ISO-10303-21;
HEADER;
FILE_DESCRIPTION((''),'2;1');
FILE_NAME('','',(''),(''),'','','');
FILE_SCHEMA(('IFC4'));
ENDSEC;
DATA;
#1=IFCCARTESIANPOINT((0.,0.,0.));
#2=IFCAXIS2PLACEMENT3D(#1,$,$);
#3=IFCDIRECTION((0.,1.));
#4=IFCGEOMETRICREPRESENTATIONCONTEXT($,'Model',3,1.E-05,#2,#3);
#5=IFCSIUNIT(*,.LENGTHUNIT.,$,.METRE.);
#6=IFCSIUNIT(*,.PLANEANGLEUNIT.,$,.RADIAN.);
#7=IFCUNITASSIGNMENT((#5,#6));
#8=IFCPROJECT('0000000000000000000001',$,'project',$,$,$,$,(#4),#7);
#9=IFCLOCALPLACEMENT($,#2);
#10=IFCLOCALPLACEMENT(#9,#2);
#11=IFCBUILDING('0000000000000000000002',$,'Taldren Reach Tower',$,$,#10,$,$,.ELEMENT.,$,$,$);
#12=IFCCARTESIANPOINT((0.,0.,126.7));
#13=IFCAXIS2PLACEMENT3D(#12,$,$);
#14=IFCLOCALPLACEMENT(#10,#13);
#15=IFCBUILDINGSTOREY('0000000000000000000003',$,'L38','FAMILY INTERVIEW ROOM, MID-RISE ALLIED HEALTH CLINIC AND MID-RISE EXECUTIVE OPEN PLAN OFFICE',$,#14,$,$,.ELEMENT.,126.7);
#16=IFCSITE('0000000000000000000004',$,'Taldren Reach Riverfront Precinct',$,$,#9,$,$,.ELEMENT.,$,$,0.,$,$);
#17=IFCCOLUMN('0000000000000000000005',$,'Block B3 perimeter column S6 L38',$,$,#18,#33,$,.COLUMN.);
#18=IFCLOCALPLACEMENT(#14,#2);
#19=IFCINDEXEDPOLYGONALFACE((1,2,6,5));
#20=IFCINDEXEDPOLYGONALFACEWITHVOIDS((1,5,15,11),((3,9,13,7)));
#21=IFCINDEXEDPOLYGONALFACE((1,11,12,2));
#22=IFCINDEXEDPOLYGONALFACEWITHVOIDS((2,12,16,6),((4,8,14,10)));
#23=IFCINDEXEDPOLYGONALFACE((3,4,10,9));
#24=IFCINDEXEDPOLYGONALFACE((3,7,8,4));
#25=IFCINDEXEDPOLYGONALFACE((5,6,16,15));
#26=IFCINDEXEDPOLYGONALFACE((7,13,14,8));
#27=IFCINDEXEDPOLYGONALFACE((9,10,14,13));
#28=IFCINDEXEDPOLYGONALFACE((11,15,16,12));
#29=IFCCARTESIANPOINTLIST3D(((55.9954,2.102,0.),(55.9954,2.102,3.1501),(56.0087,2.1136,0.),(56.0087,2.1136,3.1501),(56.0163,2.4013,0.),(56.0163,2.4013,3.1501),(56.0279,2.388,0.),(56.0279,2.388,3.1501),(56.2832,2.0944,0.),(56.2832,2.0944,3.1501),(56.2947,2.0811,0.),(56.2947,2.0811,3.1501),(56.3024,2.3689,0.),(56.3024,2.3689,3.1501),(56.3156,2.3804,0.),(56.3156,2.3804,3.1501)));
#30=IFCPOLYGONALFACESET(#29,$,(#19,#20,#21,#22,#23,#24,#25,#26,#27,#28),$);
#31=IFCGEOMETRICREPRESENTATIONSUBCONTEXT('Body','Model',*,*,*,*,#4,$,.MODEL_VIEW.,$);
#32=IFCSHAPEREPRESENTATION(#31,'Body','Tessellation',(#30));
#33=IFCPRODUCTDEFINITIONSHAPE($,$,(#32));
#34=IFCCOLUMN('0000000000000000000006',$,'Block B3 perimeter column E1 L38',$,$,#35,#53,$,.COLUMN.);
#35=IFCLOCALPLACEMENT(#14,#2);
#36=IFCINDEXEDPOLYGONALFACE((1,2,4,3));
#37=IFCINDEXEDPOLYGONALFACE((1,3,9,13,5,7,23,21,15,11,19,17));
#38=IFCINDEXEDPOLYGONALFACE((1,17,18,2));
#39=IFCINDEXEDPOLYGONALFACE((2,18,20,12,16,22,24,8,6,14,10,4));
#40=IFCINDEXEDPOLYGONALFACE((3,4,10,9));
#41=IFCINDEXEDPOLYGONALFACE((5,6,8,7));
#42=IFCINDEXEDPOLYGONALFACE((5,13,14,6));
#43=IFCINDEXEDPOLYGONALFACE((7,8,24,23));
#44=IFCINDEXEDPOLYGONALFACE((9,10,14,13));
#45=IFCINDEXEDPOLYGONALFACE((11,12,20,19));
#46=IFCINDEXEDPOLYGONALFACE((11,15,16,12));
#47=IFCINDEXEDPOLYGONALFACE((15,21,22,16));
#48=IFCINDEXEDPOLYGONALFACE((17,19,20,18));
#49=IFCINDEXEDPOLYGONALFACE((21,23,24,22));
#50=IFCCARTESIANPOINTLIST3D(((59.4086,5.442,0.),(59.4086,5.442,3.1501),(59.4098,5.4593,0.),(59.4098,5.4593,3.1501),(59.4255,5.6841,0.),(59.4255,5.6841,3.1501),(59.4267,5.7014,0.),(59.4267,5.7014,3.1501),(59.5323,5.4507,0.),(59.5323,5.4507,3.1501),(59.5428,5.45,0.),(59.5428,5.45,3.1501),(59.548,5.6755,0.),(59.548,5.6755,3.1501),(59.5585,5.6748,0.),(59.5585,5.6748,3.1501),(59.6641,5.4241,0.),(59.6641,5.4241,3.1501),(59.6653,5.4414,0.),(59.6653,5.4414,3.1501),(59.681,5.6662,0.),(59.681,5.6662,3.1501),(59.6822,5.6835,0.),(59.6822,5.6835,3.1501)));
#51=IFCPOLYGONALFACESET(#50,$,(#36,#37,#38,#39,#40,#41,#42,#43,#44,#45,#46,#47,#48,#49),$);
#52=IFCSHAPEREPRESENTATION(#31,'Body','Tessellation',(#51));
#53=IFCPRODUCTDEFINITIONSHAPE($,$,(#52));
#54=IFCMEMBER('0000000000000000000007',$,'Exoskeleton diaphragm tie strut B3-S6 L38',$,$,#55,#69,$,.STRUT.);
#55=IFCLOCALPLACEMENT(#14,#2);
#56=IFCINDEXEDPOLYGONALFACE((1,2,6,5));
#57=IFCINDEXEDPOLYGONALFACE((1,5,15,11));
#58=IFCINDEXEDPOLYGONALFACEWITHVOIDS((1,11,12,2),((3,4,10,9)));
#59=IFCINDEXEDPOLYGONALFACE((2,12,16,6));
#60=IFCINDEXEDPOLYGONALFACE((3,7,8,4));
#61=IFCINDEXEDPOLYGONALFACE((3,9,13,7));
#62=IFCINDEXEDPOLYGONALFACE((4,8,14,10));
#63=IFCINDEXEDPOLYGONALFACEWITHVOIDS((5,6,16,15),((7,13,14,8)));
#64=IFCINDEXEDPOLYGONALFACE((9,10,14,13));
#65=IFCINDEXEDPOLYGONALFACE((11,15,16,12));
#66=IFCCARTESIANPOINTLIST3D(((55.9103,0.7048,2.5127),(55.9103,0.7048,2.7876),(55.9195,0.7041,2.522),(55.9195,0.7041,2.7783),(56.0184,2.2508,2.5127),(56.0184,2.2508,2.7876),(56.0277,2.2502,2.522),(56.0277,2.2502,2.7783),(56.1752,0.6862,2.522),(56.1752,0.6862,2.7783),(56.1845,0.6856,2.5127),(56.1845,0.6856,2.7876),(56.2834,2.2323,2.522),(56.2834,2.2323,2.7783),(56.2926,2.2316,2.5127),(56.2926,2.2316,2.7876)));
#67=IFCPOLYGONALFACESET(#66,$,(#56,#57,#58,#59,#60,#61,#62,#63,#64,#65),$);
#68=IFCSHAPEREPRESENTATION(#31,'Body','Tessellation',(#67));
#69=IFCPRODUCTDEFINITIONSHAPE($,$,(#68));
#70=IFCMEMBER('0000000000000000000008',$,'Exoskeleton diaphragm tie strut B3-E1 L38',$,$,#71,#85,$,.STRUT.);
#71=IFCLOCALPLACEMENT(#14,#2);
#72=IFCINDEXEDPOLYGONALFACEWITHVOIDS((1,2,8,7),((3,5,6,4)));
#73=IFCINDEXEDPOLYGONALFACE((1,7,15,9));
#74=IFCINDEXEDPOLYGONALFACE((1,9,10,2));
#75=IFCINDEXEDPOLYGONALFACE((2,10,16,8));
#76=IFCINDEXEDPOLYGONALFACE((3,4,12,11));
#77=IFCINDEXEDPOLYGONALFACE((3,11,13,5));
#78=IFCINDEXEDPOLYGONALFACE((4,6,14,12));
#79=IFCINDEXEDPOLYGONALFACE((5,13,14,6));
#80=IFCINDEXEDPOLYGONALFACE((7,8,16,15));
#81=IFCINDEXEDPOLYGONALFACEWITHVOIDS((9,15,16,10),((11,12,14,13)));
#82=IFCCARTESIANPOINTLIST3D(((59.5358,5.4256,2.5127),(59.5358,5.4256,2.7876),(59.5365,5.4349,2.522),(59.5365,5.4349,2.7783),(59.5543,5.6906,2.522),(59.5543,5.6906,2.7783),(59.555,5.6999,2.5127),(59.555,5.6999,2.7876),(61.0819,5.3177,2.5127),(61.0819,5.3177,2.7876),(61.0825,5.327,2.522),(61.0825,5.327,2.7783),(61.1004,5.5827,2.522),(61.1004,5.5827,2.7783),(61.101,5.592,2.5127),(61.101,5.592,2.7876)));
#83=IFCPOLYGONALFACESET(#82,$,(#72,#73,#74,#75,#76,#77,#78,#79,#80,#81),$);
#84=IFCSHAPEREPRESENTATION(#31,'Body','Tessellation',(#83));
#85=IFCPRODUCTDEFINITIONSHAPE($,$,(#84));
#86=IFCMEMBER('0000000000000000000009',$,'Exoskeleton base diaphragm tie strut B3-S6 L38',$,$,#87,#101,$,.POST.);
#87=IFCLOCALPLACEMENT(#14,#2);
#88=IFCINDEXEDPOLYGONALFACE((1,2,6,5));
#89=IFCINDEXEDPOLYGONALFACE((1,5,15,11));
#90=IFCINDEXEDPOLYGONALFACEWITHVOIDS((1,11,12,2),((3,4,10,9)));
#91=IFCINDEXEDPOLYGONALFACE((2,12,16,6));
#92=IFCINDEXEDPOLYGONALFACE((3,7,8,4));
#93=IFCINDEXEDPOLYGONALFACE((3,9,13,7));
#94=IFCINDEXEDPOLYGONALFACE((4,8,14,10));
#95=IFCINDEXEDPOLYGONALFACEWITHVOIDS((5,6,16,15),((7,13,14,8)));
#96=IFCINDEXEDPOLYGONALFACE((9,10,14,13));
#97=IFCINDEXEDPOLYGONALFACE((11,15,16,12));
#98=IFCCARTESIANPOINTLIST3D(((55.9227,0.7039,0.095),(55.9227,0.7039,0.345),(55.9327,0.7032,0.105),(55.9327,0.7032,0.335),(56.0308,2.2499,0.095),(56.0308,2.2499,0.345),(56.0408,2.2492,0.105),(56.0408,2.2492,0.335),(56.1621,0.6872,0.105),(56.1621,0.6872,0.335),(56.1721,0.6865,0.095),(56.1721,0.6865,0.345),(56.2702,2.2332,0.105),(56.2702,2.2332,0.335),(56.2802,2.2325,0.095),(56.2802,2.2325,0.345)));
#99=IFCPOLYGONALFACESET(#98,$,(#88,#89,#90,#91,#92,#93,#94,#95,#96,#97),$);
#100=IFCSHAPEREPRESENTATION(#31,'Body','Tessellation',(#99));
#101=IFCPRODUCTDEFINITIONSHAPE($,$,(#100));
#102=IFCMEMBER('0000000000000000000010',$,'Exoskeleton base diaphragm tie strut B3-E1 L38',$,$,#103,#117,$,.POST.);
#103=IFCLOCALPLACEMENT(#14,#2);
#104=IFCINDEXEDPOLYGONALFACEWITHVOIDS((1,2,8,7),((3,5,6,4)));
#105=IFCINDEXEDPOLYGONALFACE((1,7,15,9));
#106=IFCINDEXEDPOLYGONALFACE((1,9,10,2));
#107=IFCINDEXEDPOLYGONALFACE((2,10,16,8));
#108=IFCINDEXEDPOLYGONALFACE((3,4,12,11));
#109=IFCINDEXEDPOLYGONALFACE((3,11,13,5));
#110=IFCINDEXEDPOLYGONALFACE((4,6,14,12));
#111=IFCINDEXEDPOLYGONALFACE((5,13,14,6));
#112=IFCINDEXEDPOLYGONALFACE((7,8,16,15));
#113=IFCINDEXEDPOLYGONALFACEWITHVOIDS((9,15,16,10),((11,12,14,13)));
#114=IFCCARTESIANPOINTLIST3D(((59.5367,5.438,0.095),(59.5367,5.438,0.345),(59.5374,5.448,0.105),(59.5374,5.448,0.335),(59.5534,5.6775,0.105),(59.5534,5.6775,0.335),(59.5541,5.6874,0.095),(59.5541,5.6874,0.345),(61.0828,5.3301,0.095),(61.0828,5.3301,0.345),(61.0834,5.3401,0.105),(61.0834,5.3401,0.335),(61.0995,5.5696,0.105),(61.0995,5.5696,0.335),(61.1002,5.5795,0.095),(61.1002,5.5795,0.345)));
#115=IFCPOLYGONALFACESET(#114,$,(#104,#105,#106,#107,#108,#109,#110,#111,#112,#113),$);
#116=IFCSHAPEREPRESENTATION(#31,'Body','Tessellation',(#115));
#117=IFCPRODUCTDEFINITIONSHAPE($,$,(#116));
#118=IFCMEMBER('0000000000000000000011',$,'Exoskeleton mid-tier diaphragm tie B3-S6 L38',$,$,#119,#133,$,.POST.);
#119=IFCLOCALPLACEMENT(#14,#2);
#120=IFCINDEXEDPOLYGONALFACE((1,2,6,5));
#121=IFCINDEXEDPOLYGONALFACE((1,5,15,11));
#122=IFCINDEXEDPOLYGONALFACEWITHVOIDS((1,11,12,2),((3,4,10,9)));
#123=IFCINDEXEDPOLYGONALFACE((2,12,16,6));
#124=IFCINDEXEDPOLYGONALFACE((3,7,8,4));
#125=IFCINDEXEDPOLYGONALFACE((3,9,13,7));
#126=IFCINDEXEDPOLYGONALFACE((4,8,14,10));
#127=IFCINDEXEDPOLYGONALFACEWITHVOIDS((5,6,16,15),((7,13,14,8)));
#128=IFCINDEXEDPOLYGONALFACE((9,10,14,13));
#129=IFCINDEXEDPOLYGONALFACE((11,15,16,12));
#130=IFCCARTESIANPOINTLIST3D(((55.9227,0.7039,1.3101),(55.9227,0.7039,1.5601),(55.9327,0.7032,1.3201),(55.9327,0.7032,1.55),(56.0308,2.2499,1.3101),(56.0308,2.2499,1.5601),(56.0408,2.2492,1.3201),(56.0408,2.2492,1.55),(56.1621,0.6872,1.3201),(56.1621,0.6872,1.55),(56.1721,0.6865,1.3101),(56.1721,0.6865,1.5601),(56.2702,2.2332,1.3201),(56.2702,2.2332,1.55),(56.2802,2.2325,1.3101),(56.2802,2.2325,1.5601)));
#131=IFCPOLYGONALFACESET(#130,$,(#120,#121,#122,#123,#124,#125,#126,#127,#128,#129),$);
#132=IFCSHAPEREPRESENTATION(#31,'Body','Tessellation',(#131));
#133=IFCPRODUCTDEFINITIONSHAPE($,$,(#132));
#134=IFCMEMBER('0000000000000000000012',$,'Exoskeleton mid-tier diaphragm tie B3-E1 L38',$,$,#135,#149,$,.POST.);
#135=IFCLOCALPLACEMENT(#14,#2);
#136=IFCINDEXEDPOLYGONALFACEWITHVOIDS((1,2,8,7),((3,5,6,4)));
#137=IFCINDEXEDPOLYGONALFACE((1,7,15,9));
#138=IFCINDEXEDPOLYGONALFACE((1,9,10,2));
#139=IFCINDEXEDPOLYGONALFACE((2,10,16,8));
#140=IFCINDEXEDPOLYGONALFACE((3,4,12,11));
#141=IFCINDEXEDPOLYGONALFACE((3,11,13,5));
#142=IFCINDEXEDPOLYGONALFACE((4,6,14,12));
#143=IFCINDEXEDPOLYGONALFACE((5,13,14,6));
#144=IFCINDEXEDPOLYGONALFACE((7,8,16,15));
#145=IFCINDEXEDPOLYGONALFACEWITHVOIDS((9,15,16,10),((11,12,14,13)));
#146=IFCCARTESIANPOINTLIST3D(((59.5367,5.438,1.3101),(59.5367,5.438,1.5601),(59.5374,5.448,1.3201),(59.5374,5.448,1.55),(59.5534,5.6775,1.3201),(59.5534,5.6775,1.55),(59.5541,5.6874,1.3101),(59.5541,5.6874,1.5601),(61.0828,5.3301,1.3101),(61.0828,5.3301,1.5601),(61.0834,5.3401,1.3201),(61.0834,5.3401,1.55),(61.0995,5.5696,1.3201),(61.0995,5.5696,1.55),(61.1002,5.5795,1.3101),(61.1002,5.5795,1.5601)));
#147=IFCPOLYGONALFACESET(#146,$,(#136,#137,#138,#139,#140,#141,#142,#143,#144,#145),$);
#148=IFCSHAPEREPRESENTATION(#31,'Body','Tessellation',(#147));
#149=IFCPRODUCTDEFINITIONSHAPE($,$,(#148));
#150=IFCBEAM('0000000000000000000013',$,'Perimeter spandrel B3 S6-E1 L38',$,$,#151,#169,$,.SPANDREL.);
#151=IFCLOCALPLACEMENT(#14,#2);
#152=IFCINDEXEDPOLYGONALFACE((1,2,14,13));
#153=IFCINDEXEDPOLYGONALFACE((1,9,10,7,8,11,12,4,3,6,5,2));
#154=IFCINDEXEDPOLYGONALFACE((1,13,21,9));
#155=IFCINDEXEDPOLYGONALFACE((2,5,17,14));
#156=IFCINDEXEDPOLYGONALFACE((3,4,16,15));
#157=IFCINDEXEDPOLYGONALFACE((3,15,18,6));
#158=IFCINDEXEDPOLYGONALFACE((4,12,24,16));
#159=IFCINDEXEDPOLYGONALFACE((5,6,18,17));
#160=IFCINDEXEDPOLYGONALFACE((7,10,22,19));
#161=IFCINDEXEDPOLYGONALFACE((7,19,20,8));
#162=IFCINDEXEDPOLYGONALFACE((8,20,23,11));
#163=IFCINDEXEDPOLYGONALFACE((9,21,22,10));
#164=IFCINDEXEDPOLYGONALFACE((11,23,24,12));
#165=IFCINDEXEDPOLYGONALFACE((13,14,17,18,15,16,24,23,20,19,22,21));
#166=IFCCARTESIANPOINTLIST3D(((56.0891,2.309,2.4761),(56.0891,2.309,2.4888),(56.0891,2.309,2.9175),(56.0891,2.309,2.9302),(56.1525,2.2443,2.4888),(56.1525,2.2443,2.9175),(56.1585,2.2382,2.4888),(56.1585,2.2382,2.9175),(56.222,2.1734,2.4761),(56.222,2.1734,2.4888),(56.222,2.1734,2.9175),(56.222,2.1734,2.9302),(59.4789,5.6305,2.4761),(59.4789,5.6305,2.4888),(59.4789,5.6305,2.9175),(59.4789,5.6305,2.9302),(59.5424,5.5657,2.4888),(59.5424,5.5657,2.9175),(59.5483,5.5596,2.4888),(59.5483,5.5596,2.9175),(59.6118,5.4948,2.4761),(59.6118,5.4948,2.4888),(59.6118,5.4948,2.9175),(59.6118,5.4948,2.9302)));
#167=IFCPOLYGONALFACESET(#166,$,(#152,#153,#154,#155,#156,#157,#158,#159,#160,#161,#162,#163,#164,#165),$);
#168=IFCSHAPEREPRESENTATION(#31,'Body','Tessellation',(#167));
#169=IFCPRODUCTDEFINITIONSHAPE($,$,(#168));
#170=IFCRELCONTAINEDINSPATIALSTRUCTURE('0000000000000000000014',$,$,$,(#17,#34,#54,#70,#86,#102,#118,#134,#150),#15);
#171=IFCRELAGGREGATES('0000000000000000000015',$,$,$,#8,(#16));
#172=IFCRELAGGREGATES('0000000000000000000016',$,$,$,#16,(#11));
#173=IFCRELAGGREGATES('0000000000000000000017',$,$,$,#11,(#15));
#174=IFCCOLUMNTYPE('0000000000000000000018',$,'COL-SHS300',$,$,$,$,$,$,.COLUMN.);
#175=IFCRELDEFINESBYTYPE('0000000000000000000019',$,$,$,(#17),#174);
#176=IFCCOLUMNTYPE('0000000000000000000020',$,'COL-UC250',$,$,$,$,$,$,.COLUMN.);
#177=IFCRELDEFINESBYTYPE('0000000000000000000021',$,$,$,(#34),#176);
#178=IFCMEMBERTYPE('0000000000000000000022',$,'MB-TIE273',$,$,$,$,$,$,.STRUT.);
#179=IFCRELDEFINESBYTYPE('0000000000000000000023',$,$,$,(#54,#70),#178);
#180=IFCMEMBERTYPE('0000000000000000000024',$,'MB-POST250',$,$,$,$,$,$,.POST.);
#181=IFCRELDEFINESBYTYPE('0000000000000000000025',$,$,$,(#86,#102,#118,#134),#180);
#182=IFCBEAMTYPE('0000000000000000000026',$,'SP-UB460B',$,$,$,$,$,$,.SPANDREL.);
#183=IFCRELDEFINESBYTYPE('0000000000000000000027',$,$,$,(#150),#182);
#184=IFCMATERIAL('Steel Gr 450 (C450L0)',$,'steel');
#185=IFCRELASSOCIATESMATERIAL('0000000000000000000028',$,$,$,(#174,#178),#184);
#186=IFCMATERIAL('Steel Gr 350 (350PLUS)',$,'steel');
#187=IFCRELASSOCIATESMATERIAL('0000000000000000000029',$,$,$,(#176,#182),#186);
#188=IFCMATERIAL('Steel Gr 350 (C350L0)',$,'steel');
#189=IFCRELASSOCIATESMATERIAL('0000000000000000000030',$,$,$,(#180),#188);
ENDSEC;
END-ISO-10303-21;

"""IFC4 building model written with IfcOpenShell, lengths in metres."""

from ifc_helpers import new_model, si_unit, direction, frame, origin, origin_2d, place, context, subcontext, project, spatial, hollow_rectangle, i_section, extrude, source, transform, mapped, material, material_profile, profile_set, type_object, element, save


model = new_model("IFC4")

# Units and contexts
model_context = context("Model", 3, precision=1e-05, world=origin(), true_north=direction((0.0, 1.0)))
body_context = subcontext(model_context, "Body", "Model", "MODEL_VIEW")
ifc_project = project(units=[si_unit("LENGTHUNIT", "METRE"), si_unit("PLANEANGLEUNIT", "RADIAN")], contexts=[model_context])

# Site, building, storey
site_placement = place(None, origin())
site = spatial("IfcSite", under=ifc_project, at=site_placement, Name="Taldren Reach Riverfront Precinct", CompositionType="ELEMENT", RefElevation=0.0)
building_placement = place(site_placement, origin())
building = spatial("IfcBuilding", under=site, at=building_placement, Name="Taldren Reach Tower", CompositionType="ELEMENT")
storey_placement = place(building_placement, frame((0.0, 0.0, 126.7)))
storey = spatial("IfcBuildingStorey", under=building, at=storey_placement, Name="L38", Description="FAMILY INTERVIEW ROOM, MID-RISE ALLIED HEALTH CLINIC AND MID-RISE EXECUTIVE OPEN PLAN OFFICE", CompositionType="ELEMENT", Elevation=126.7)

# Columns
ifc_material_1 = material(Name="Steel Gr 450 (C450L0)", Category="steel")
ifc_material_profile_1 = material_profile(ifc_material_1, hollow_rectangle(XDim=0.3, YDim=0.3, WallThickness=0.0125, at=origin_2d()), Name="300x300x12.5SHS")
ifc_profile_set_1 = profile_set([ifc_material_profile_1], Name="Steel Gr 450 (C450L0)")
column_type_1 = type_object("IfcColumnType", Name="COL-SHS300", PredefinedType="COLUMN", material=ifc_profile_set_1)
shared_shape_1 = source(origin(), body_context, "Body", "SweptSolid", [
    extrude(hollow_rectangle(XDim=0.3, YDim=0.3, WallThickness=0.0125, at=origin_2d()), origin(), (0.0, 0.0, 1.0), 3.1501),
])
column_1_placement = place(storey_placement, frame((56.1555, 2.2412, 0.0), z_axis=(0.0, 0.0, 1.0), x_axis=(0.997564, -0.069756, 0.0)))
element("IfcColumn", 1, at=column_1_placement, inside=storey, type_object=column_type_1, Name="Block B3 perimeter column S6 L38", PredefinedType="COLUMN", context=body_context, shape_type="MappedRepresentation", body=[
    mapped(shared_shape_1, transform((0.0, 0.0, 0.0), scale=1.0)),
])
ifc_material_2 = material(Name="Steel Gr 350 (350PLUS)", Category="steel")
ifc_material_profile_2 = material_profile(ifc_material_2, i_section(OverallWidth=0.2561, OverallDepth=0.26, WebThickness=0.0105, FlangeThickness=0.0173, at=origin_2d()), Name="250UC89.5")
ifc_profile_set_2 = profile_set([ifc_material_profile_2], Name="Steel Gr 350 (350PLUS)")
column_type_2 = type_object("IfcColumnType", Name="COL-UC250", PredefinedType="COLUMN", material=ifc_profile_set_2)
shared_shape_2 = source(origin(), body_context, "Body", "SweptSolid", [
    extrude(i_section(OverallWidth=0.2561, OverallDepth=0.26, WebThickness=0.0105, FlangeThickness=0.0173, at=origin_2d()), origin(), (0.0, 0.0, 1.0), 3.1501),
])
column_2_placement = place(storey_placement, frame((59.5454, 5.5627, 0.0), z_axis=(0.0, 0.0, 1.0), x_axis=(0.997564, -0.069756, 0.0)))
element("IfcColumn", 2, at=column_2_placement, inside=storey, type_object=column_type_2, Name="Block B3 perimeter column E1 L38", PredefinedType="COLUMN", context=body_context, shape_type="MappedRepresentation", body=[
    mapped(shared_shape_2, transform((0.0, 0.0, 0.0), scale=1.0)),
])

# Members
ifc_material_profile_3 = material_profile(ifc_material_1, hollow_rectangle(XDim=0.2749, YDim=0.2749, WallThickness=0.0093, at=origin_2d()), Name="275x275x9.3SHS")
ifc_profile_set_3 = profile_set([ifc_material_profile_3], Name="Steel Gr 450 (C450L0)")
member_type_1 = type_object("IfcMemberType", Name="MB-TIE273", PredefinedType="STRUT", material=ifc_profile_set_3)
shared_shape_3 = source(origin(), body_context, "Body", "SweptSolid", [
    extrude(hollow_rectangle(XDim=0.2749, YDim=0.2749, WallThickness=0.0093, at=origin_2d()), origin(), (0.0, 0.0, 1.0), 1.5498),
])
for number, where, z_axis, x_axis, name in (
    (3, (56.1555, 2.2412, 2.6501), (-0.069781, -0.997562, 0.0), (0.997562, -0.069781, 0.0), "Exoskeleton diaphragm tie strut B3-S6 L38"),
    (4, (59.5454, 5.5627, 2.6501), (0.997573, -0.069624, 0.0), (0.069624, 0.997573, 0.0), "Exoskeleton diaphragm tie strut B3-E1 L38"),
):
    element("IfcMember", number, at=place(storey_placement, frame(where, z_axis=z_axis, x_axis=x_axis)), inside=storey, type_object=member_type_1, Name=name, PredefinedType="STRUT", context=body_context, shape_type="MappedRepresentation", body=[
        mapped(shared_shape_3, transform((0.0, 0.0, 0.0), scale=1.0)),
    ])
ifc_material_3 = material(Name="Steel Gr 350 (C350L0)", Category="steel")
ifc_material_profile_4 = material_profile(ifc_material_3, hollow_rectangle(XDim=0.25, YDim=0.25, WallThickness=0.01, at=origin_2d()), Name="250x250x10.0SHS")
ifc_profile_set_4 = profile_set([ifc_material_profile_4], Name="Steel Gr 350 (C350L0)")
member_type_2 = type_object("IfcMemberType", Name="MB-POST250", PredefinedType="POST", material=ifc_profile_set_4)
shared_shape_4 = source(origin(), body_context, "Body", "SweptSolid", [
    extrude(hollow_rectangle(XDim=0.25, YDim=0.25, WallThickness=0.01, at=origin_2d()), origin(), (0.0, 0.0, 1.0), 1.5498),
])
for number, where, z_axis, x_axis, name in (
    (5, (56.1555, 2.2412, 0.22), (-0.069781, -0.997562, 0.0), (0.997562, -0.069781, 0.0), "Exoskeleton base diaphragm tie strut B3-S6 L38"),
    (6, (59.5454, 5.5627, 0.22), (0.997573, -0.069624, 0.0), (0.069624, 0.997573, 0.0), "Exoskeleton base diaphragm tie strut B3-E1 L38"),
    (7, (56.1555, 2.2412, 1.4351), (-0.069781, -0.997562, 0.0), (0.997562, -0.069781, 0.0), "Exoskeleton mid-tier diaphragm tie B3-S6 L38"),
    (8, (59.5454, 5.5627, 1.4351), (0.997573, -0.069624, 0.0), (0.069624, 0.997573, 0.0), "Exoskeleton mid-tier diaphragm tie B3-E1 L38"),
):
    element("IfcMember", number, at=place(storey_placement, frame(where, z_axis=z_axis, x_axis=x_axis)), inside=storey, type_object=member_type_2, Name=name, PredefinedType="POST", context=body_context, shape_type="MappedRepresentation", body=[
        mapped(shared_shape_4, transform((0.0, 0.0, 0.0), scale=1.0)),
    ])

# Beam
ifc_material_profile_5 = material_profile(ifc_material_2, i_section(OverallWidth=0.1899, OverallDepth=0.4541, WebThickness=0.0085, FlangeThickness=0.0127, at=origin_2d()), Name="460UB67.1")
ifc_profile_set_5 = profile_set([ifc_material_profile_5], Name="Steel Gr 350 (350PLUS)")
beam_type_1 = type_object("IfcBeamType", Name="SP-UB460B", PredefinedType="SPANDREL", material=ifc_profile_set_5)
shared_shape_5 = source(origin(), body_context, "Body", "SweptSolid", [
    extrude(i_section(OverallWidth=0.1899, OverallDepth=0.4541, WebThickness=0.0085, FlangeThickness=0.0127, at=origin_2d()), origin(), (0.0, 0.0, 1.0), 4.7458),
])
beam_1_placement = place(storey_placement, frame((56.1555, 2.2412, 2.7031), z_axis=(0.714272, 0.699868, 0.0), x_axis=(-0.699868, 0.714272, 0.0)))
element("IfcBeam", 9, at=beam_1_placement, inside=storey, type_object=beam_type_1, Name="Perimeter spandrel B3 S6-E1 L38", PredefinedType="SPANDREL", context=body_context, shape_type="MappedRepresentation", body=[
    mapped(shared_shape_5, transform((0.0, 0.0, 0.0), scale=1.0)),
])

save(model, "model.ifc")
